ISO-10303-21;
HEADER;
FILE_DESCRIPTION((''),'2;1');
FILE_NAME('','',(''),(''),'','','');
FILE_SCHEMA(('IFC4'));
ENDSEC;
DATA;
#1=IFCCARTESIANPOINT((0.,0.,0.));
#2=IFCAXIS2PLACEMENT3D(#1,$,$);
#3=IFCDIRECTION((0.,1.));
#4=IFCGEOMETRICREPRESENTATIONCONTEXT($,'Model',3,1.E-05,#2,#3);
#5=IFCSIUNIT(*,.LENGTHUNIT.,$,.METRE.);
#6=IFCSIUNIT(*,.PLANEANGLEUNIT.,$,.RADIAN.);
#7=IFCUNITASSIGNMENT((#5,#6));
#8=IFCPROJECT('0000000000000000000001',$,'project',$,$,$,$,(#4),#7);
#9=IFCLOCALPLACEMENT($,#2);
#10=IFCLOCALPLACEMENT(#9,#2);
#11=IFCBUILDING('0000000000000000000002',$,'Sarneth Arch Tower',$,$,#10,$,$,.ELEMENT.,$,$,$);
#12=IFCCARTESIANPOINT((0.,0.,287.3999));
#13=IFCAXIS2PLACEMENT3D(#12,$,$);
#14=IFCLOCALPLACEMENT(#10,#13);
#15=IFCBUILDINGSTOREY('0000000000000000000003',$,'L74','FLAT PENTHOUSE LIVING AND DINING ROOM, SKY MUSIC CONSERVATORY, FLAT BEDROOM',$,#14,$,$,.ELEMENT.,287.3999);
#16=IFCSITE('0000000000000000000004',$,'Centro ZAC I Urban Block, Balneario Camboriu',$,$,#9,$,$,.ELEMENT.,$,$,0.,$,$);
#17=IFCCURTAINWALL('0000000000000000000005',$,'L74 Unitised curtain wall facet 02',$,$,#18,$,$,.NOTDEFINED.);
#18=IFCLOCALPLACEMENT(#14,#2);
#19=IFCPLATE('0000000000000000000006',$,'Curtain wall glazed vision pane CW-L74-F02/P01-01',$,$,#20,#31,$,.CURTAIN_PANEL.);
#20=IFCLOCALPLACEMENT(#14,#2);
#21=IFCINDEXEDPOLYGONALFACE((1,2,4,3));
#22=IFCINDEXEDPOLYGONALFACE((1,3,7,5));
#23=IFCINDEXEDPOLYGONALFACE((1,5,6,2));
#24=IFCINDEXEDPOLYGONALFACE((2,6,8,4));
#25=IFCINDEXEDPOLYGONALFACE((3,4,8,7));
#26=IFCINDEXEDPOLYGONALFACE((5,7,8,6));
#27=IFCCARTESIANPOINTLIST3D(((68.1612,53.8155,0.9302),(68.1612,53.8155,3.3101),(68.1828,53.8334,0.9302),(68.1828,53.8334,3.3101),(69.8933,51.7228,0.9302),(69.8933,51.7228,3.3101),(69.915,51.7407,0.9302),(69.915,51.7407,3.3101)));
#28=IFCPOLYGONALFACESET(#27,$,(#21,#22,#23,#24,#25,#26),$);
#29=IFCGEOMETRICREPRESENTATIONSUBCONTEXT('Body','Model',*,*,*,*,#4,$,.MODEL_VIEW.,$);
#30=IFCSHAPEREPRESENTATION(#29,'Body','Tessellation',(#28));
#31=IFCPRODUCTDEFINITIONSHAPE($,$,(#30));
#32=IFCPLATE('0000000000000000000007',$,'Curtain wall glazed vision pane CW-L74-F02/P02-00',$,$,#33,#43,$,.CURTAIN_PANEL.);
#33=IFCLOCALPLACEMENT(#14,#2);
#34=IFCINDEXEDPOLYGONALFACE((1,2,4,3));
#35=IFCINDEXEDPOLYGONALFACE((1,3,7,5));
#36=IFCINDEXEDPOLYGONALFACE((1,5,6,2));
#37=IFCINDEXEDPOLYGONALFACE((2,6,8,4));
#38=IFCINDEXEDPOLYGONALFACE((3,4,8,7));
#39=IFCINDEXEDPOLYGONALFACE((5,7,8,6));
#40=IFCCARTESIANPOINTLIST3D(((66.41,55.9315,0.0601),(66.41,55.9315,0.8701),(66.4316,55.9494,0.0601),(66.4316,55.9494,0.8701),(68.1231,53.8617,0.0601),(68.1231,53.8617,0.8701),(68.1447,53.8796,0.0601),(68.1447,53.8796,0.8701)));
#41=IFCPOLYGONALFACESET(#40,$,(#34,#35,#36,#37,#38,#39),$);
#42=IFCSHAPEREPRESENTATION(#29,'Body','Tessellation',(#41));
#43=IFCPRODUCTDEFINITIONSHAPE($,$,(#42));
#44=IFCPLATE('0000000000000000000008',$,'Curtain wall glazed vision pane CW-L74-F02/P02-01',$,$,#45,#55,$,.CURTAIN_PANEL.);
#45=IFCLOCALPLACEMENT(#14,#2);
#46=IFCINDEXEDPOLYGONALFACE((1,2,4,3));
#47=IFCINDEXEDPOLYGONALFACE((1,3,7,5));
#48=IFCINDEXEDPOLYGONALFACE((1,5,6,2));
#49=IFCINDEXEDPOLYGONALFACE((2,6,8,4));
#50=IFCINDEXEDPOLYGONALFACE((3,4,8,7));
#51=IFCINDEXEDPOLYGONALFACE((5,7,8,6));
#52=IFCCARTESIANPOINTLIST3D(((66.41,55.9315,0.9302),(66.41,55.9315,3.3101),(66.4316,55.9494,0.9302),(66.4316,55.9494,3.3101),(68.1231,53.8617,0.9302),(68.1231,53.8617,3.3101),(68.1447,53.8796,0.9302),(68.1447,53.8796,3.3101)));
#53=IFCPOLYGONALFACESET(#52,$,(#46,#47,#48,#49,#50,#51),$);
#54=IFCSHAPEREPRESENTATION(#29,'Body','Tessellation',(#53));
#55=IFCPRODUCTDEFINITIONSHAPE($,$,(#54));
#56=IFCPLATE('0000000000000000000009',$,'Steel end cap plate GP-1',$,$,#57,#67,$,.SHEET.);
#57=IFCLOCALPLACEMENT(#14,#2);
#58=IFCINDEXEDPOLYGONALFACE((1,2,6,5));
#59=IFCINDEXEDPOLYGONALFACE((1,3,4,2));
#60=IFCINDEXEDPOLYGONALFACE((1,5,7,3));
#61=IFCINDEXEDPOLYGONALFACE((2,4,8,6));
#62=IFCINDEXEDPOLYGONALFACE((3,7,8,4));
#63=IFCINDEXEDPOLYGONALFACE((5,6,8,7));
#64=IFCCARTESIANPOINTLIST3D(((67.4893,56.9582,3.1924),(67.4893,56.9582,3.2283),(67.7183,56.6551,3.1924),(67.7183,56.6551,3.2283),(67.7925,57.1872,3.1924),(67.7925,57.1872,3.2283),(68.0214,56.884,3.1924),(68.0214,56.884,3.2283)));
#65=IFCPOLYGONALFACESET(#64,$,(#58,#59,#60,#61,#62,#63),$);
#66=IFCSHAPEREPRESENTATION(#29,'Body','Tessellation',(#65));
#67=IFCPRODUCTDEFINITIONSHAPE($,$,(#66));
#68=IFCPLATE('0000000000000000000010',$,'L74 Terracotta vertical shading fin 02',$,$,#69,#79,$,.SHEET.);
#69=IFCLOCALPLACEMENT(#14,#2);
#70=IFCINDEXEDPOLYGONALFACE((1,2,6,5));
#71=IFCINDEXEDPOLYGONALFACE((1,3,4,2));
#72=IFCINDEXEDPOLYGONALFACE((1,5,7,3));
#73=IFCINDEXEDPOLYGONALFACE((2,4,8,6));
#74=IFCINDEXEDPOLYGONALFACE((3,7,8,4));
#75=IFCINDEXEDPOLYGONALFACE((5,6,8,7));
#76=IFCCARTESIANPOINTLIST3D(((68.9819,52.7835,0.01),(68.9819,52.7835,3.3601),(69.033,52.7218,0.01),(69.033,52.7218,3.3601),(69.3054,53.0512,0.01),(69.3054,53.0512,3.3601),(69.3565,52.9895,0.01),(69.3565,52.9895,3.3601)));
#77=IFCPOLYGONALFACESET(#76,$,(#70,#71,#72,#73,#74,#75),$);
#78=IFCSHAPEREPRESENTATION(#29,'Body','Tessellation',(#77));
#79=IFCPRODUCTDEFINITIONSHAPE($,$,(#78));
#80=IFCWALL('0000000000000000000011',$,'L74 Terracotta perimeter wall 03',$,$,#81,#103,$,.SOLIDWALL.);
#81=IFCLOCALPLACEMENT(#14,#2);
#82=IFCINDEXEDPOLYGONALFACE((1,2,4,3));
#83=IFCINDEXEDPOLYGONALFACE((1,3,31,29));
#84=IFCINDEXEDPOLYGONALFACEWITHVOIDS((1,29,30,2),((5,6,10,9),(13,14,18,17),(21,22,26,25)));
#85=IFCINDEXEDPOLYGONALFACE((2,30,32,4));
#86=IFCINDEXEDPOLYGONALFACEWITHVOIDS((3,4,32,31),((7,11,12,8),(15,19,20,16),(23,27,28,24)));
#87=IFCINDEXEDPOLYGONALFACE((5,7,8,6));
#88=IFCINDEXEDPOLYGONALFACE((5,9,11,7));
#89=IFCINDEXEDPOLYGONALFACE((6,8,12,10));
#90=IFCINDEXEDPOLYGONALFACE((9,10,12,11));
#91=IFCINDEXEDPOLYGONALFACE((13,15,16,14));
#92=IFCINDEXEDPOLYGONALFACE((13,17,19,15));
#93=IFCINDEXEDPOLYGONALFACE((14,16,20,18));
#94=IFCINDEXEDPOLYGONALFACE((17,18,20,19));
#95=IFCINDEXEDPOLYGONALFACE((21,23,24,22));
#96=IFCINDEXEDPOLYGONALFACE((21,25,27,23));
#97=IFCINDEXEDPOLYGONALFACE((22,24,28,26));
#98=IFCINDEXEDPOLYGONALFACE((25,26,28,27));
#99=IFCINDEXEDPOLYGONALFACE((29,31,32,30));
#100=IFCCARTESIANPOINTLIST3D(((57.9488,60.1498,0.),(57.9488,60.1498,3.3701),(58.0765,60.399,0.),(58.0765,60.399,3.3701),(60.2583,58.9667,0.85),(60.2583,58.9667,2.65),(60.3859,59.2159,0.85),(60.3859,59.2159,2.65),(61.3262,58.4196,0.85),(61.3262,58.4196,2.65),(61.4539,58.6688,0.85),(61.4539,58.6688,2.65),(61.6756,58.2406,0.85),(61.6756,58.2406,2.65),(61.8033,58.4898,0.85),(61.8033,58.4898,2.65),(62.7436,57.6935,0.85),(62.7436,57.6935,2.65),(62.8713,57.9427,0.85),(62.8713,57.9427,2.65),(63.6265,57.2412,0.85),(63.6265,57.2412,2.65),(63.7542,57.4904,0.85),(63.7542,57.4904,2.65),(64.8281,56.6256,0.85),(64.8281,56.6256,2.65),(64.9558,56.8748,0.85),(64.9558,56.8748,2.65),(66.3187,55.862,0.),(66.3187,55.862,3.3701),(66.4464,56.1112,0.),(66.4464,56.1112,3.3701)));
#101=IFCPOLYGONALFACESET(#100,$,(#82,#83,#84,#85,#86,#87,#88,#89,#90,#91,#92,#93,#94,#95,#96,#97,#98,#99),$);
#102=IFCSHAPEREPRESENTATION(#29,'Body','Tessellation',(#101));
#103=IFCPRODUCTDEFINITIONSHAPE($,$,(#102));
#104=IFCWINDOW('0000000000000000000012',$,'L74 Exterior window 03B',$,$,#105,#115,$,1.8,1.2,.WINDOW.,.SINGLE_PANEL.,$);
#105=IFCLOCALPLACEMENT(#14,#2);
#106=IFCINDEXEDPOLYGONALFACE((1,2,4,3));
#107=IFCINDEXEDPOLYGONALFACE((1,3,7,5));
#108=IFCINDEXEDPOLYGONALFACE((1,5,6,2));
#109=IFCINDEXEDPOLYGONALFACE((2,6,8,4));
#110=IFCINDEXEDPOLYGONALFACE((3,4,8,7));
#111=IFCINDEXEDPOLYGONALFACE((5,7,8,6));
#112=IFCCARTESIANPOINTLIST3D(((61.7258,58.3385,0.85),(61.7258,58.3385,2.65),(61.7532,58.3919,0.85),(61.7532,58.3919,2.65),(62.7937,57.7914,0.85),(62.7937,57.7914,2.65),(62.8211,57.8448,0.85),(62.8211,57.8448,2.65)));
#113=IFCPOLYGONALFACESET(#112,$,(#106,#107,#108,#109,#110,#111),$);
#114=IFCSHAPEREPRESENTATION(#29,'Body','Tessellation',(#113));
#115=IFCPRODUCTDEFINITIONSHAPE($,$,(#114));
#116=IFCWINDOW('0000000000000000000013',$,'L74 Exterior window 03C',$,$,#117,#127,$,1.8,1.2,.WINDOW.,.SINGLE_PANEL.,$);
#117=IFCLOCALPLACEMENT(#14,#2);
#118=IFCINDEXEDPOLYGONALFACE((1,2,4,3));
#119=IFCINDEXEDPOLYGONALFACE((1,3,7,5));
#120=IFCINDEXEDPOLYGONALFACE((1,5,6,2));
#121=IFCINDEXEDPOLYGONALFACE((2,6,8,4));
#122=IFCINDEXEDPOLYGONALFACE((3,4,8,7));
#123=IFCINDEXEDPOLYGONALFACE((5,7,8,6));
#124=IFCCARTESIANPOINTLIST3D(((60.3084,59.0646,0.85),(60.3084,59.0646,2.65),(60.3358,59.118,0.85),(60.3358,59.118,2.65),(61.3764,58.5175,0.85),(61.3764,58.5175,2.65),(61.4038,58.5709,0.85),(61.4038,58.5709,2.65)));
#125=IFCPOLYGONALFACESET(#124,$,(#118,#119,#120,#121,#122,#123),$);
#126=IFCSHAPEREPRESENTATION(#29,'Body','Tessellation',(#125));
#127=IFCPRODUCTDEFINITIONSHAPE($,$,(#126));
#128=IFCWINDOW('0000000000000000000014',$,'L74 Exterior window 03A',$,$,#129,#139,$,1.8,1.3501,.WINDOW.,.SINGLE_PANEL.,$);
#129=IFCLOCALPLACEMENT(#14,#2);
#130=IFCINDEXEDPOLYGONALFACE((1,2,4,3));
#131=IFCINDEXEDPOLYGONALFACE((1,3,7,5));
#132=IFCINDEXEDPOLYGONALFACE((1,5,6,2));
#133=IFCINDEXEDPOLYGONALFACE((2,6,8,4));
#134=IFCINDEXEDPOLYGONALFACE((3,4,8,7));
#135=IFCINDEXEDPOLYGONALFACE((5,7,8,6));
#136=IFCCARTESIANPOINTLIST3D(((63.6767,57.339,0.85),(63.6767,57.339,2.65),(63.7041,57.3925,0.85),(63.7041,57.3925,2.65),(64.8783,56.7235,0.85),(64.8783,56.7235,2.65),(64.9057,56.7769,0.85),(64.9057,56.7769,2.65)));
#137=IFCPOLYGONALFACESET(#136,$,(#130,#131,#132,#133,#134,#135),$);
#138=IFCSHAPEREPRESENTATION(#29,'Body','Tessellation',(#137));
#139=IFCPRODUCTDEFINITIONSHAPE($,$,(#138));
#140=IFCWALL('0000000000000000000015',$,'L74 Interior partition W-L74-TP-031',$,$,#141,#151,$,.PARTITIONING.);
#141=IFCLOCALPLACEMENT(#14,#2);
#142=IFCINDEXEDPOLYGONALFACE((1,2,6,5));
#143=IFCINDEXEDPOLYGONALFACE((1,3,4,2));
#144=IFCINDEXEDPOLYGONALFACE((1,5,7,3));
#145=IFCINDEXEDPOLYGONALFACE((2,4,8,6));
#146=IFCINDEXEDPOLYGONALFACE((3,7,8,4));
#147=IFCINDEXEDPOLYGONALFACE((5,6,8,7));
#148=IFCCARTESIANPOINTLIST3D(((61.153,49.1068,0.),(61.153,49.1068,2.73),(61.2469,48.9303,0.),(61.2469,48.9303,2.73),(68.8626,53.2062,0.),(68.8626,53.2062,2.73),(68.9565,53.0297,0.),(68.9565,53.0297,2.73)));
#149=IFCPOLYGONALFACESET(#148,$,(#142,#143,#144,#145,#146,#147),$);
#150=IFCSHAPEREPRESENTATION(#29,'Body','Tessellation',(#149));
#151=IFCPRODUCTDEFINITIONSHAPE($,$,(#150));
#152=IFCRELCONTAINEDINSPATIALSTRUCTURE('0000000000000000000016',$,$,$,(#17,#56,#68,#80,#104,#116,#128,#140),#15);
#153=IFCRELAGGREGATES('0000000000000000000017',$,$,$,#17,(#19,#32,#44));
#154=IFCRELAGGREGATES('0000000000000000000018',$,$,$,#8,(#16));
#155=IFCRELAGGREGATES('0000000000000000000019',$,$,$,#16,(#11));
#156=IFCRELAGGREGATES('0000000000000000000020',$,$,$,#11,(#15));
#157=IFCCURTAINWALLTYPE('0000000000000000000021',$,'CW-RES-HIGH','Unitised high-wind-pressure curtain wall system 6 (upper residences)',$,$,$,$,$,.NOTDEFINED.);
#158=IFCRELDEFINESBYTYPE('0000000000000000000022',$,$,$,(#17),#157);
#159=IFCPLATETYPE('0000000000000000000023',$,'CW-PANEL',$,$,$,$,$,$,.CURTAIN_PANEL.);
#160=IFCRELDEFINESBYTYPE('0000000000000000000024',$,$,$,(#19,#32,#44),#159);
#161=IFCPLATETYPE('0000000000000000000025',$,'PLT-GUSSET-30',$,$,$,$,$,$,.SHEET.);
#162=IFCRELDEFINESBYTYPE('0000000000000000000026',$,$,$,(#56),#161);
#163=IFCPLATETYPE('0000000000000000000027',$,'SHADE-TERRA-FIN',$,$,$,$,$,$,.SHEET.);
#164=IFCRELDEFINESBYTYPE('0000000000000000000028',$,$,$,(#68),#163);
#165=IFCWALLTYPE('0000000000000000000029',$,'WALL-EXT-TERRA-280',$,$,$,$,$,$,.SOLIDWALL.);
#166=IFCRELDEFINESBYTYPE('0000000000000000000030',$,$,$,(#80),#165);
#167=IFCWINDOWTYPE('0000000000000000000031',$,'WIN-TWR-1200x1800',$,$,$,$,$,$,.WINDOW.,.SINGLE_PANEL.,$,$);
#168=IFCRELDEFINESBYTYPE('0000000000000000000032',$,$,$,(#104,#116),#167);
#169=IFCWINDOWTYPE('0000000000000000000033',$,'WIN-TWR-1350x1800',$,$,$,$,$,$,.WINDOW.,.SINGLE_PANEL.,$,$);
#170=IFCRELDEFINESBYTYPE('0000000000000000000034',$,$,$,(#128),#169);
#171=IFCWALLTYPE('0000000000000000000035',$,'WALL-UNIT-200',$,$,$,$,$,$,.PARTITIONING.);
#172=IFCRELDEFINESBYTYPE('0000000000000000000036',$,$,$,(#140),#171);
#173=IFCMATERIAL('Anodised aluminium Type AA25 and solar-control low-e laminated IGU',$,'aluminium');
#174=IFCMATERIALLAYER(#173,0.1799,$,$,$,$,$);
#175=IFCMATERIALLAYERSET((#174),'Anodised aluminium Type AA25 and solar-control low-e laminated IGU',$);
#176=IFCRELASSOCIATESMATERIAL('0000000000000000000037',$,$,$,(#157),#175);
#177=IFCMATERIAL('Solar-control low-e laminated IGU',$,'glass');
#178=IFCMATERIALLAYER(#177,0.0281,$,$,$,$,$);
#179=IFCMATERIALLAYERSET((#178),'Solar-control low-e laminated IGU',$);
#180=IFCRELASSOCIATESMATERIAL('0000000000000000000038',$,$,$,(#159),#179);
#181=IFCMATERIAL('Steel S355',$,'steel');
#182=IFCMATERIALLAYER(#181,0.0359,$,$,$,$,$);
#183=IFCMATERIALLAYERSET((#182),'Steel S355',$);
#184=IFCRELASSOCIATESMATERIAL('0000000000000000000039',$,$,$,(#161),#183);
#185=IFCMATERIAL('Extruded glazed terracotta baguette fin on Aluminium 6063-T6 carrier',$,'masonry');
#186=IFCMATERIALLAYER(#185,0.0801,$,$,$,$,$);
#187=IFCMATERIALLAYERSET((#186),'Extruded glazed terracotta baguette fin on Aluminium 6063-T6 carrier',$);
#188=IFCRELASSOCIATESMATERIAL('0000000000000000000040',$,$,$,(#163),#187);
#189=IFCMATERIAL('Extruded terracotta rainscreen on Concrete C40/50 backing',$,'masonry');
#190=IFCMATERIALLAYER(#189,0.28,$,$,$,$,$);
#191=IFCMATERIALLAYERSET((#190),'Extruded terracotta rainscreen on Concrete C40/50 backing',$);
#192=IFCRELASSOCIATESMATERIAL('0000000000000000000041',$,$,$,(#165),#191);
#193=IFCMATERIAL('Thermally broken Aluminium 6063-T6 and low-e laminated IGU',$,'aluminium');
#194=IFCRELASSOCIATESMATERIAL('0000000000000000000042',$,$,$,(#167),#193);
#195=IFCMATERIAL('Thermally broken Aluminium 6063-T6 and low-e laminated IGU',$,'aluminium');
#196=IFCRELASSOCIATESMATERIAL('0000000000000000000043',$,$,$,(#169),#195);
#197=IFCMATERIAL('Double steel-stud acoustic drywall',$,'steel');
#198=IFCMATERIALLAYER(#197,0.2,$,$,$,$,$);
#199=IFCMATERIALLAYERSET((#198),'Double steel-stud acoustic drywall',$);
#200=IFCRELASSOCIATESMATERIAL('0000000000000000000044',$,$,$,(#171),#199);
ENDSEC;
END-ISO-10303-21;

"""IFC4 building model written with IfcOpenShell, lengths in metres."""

from ifc_helpers import new_model, si_unit, direction, frame, frame_2d, origin, origin_2d, place, context, subcontext, project, spatial, rectangle, extrude, material, layer, layer_set, type_object, element, fill, aggregate, save


model = new_model("IFC4")

# Units and contexts
model_context = context("Model", 3, precision=1e-05, world=origin(), true_north=direction((0.0, 1.0)))
body_context = subcontext(model_context, "Body", "Model", "MODEL_VIEW")
ifc_project = project(units=[si_unit("LENGTHUNIT", "METRE"), si_unit("PLANEANGLEUNIT", "RADIAN")], contexts=[model_context])

# Site, building, storey
site_placement = place(None, origin())
site = spatial("IfcSite", under=ifc_project, at=site_placement, Name="Centro ZAC I Urban Block, Balneario Camboriu", CompositionType="ELEMENT", RefElevation=0.0)
building_placement = place(site_placement, origin())
building = spatial("IfcBuilding", under=site, at=building_placement, Name="Sarneth Arch Tower", CompositionType="ELEMENT")
storey_placement = place(building_placement, frame((0.0, 0.0, 287.3999)))
storey = spatial("IfcBuildingStorey", under=building, at=storey_placement, Name="L74", Description="FLAT PENTHOUSE LIVING AND DINING ROOM, SKY MUSIC CONSERVATORY, FLAT BEDROOM", CompositionType="ELEMENT", Elevation=287.3999)

# Curtain wall
ifc_material_1 = material(Name="Anodised aluminium Type AA25 and solar-control low-e laminated IGU", Category="aluminium")
ifc_layer_1 = layer(ifc_material_1, 0.1799)
ifc_layer_set_1 = layer_set([ifc_layer_1], Name="Anodised aluminium Type AA25 and solar-control low-e laminated IGU")
curtain_wall_type = type_object("IfcCurtainWallType", Name="CW-RES-HIGH", Description="Unitised high-wind-pressure curtain wall system 6 (upper residences)", PredefinedType="NOTDEFINED", material=ifc_layer_set_1)
curtain_wall_placement = place(storey_placement, origin())
curtain_wall = element("IfcCurtainWall", 1, at=curtain_wall_placement, inside=storey, type_object=curtain_wall_type, Name="L74 Unitised curtain wall facet 02", PredefinedType="NOTDEFINED")

# Plates
ifc_material_2 = material(Name="Solar-control low-e laminated IGU", Category="glass")
ifc_layer_2 = layer(ifc_material_2, 0.0281)
ifc_layer_set_2 = layer_set([ifc_layer_2], Name="Solar-control low-e laminated IGU")
plate_type_1 = type_object("IfcPlateType", Name="CW-PANEL", PredefinedType="CURTAIN_PANEL", material=ifc_layer_set_2)
plate_1_placement = place(storey_placement, frame((69.0381, 52.7781, 0.9302), z_axis=(0.0, 0.0, 1.0), x_axis=(-0.63761, 0.770359, 0.0)))
plate_1 = element("IfcPlate", 2, at=plate_1_placement, type_object=plate_type_1, Name="Curtain wall glazed vision pane CW-L74-F02/P01-01", PredefinedType="CURTAIN_PANEL", context=body_context, shape_type="SweptSolid", body=[
    extrude(rectangle(XDim=2.7166, YDim=0.0281, at=origin_2d()), origin(), (0.0, 0.0, 1.0), 2.3799),
])
plate_2_placement = place(storey_placement, frame((67.2773, 54.9055, 0.0601), z_axis=(0.0, 0.0, 1.0), x_axis=(-0.63761, 0.770359, 0.0)))
plate_2 = element("IfcPlate", 3, at=plate_2_placement, type_object=plate_type_1, Name="Curtain wall glazed vision pane CW-L74-F02/P02-00", PredefinedType="CURTAIN_PANEL", context=body_context, shape_type="SweptSolid", body=[
    extrude(rectangle(XDim=2.6868, YDim=0.0281, at=origin_2d()), origin(), (0.0, 0.0, 1.0), 0.8101),
])
plate_3_placement = place(storey_placement, frame((67.2773, 54.9055, 0.9302), z_axis=(0.0, 0.0, 1.0), x_axis=(-0.63761, 0.770359, 0.0)))
plate_3 = element("IfcPlate", 4, at=plate_3_placement, type_object=plate_type_1, Name="Curtain wall glazed vision pane CW-L74-F02/P02-01", PredefinedType="CURTAIN_PANEL", context=body_context, shape_type="SweptSolid", body=[
    extrude(rectangle(XDim=2.6868, YDim=0.0281, at=origin_2d()), origin(), (0.0, 0.0, 1.0), 2.3799),
])
aggregate(curtain_wall, [plate_1, plate_2, plate_3])

# Plates
ifc_material_3 = material(Name="Steel S355", Category="steel")
ifc_layer_3 = layer(ifc_material_3, 0.0359)
ifc_layer_set_3 = layer_set([ifc_layer_3], Name="Steel S355")
plate_type_2 = type_object("IfcPlateType", Name="PLT-GUSSET-30", PredefinedType="SHEET", material=ifc_layer_set_3)
plate_4_placement = place(storey_placement, frame((67.7554, 56.9211, 3.1924), z_axis=(0.0, 0.0, 1.0), x_axis=(0.798005, 0.602651, 0.0)))
element("IfcPlate", 5, at=plate_4_placement, inside=storey, type_object=plate_type_2, Name="Steel end cap plate GP-1", PredefinedType="SHEET", context=body_context, shape_type="SweptSolid", body=[
    extrude(rectangle(XDim=0.3799, YDim=0.3799, at=origin_2d()), origin(), (0.0, 0.0, 1.0), 0.0359),
])
ifc_material_4 = material(Name="Extruded glazed terracotta baguette fin on Aluminium 6063-T6 carrier", Category="masonry")
ifc_layer_4 = layer(ifc_material_4, 0.0801)
ifc_layer_set_4 = layer_set([ifc_layer_4], Name="Extruded glazed terracotta baguette fin on Aluminium 6063-T6 carrier")
plate_type_3 = type_object("IfcPlateType", Name="SHADE-TERRA-FIN", PredefinedType="SHEET", material=ifc_layer_set_4)
plate_5_placement = place(storey_placement, frame((69.1692, 52.8865, 0.01), z_axis=(0.0, 0.0, 1.0), x_axis=(0.770402, 0.637558, 0.0)))
element("IfcPlate", 6, at=plate_5_placement, inside=storey, type_object=plate_type_3, Name="L74 Terracotta vertical shading fin 02", PredefinedType="SHEET", context=body_context, shape_type="SweptSolid", body=[
    extrude(rectangle(XDim=0.4199, YDim=0.0801, at=origin_2d()), origin(), (0.0, 0.0, 1.0), 3.3501),
])

# Wall, openings, windows
ifc_material_5 = material(Name="Extruded terracotta rainscreen on Concrete C40/50 backing", Category="masonry")
ifc_layer_5 = layer(ifc_material_5, 0.28)
ifc_layer_set_5 = layer_set([ifc_layer_5], Name="Extruded terracotta rainscreen on Concrete C40/50 backing")
wall_type_1 = type_object("IfcWallType", Name="WALL-EXT-TERRA-280", PredefinedType="SOLIDWALL", material=ifc_layer_set_5)
wall_1_placement = place(storey_placement, frame((66.3826, 55.9866, 0.0), z_axis=(0.0, 0.0, 1.0), x_axis=(-0.890007, 0.455946, 0.0)))
wall_1 = element("IfcWall", 7, at=wall_1_placement, inside=storey, type_object=wall_type_1, Name="L74 Terracotta perimeter wall 03", PredefinedType="SOLIDWALL", context=body_context, shape_type="SweptSolid", body=[
    extrude(rectangle(XDim=9.4043, YDim=0.28, at=frame_2d((4.7021, 0.0))), origin(), (0.0, 0.0, 1.0), 3.3701),
])
opening_1_placement = place(wall_1_placement, frame((1.6748, 0.0, 0.8501)))
opening_1 = element("IfcOpeningElement", 8, at=opening_1_placement, cuts=wall_1, PredefinedType="OPENING", context=body_context, shape_type="SweptSolid", body=[
    extrude(rectangle(XDim=1.3501, YDim=1.8, at=frame_2d((0.675, 0.8999))), frame((0.0, 0.1499, 0.0), z_axis=(0.0, -1.0, 0.0), x_axis=(1.0, 0.0, 0.0)), (0.0, 0.0, 1.0), 0.3),
])
opening_2_placement = place(wall_1_placement, frame((4.0168, 0.0, 0.8501)))
opening_2 = element("IfcOpeningElement", 9, at=opening_2_placement, cuts=wall_1, PredefinedType="OPENING", context=body_context, shape_type="SweptSolid", body=[
    extrude(rectangle(XDim=1.2, YDim=1.8, at=frame_2d((0.6001, 0.8999))), frame((0.0, 0.1499, 0.0), z_axis=(0.0, -1.0, 0.0), x_axis=(1.0, 0.0, 0.0)), (0.0, 0.0, 1.0), 0.3),
])
opening_3_placement = place(wall_1_placement, frame((5.6094, 0.0, 0.8501)))
opening_3 = element("IfcOpeningElement", 10, at=opening_3_placement, cuts=wall_1, PredefinedType="OPENING", context=body_context, shape_type="SweptSolid", body=[
    extrude(rectangle(XDim=1.2, YDim=1.8, at=frame_2d((0.6001, 0.8999))), frame((0.0, 0.1499, 0.0), z_axis=(0.0, -1.0, 0.0), x_axis=(1.0, 0.0, 0.0)), (0.0, 0.0, 1.0), 0.3),
])
ifc_material_6 = material(Name="Thermally broken Aluminium 6063-T6 and low-e laminated IGU", Category="aluminium")
window_type_1 = type_object("IfcWindowType", Name="WIN-TWR-1200x1800", PartitioningType="SINGLE_PANEL", PredefinedType="WINDOW", material=ifc_material_6)
window_1_placement = place(opening_2_placement, origin())
window_1 = element("IfcWindow", 11, at=window_1_placement, inside=storey, type_object=window_type_1, Name="L74 Exterior window 03B", OverallHeight=1.8, OverallWidth=1.2, PartitioningType="SINGLE_PANEL", PredefinedType="WINDOW", context=body_context, shape_type="SweptSolid", body=[
    extrude(rectangle(XDim=1.2, YDim=1.8, at=frame_2d((0.6001, 0.8999))), frame((0.0, 0.03, 0.0), z_axis=(0.0, -1.0, 0.0), x_axis=(1.0, 0.0, 0.0)), (0.0, 0.0, 1.0), 0.0601),
])
fill(opening_2, window_1)
window_2_placement = place(opening_3_placement, origin())
window_2 = element("IfcWindow", 12, at=window_2_placement, inside=storey, type_object=window_type_1, Name="L74 Exterior window 03C", OverallHeight=1.8, OverallWidth=1.2, PartitioningType="SINGLE_PANEL", PredefinedType="WINDOW", context=body_context, shape_type="SweptSolid", body=[
    extrude(rectangle(XDim=1.2, YDim=1.8, at=frame_2d((0.6001, 0.8999))), frame((0.0, 0.03, 0.0), z_axis=(0.0, -1.0, 0.0), x_axis=(1.0, 0.0, 0.0)), (0.0, 0.0, 1.0), 0.0601),
])
fill(opening_3, window_2)
ifc_material_7 = material(Name="Thermally broken Aluminium 6063-T6 and low-e laminated IGU", Category="aluminium")
window_type_2 = type_object("IfcWindowType", Name="WIN-TWR-1350x1800", PartitioningType="SINGLE_PANEL", PredefinedType="WINDOW", material=ifc_material_7)
window_3_placement = place(opening_1_placement, origin())
window_3 = element("IfcWindow", 13, at=window_3_placement, inside=storey, type_object=window_type_2, Name="L74 Exterior window 03A", OverallHeight=1.8, OverallWidth=1.3501, PartitioningType="SINGLE_PANEL", PredefinedType="WINDOW", context=body_context, shape_type="SweptSolid", body=[
    extrude(rectangle(XDim=1.3501, YDim=1.8, at=frame_2d((0.675, 0.8999))), frame((0.0, 0.03, 0.0), z_axis=(0.0, -1.0, 0.0), x_axis=(1.0, 0.0, 0.0)), (0.0, 0.0, 1.0), 0.0601),
])
fill(opening_1, window_3)

# Wall
ifc_material_8 = material(Name="Double steel-stud acoustic drywall", Category="steel")
ifc_layer_6 = layer(ifc_material_8, 0.2)
ifc_layer_set_6 = layer_set([ifc_layer_6], Name="Double steel-stud acoustic drywall")
wall_type_2 = type_object("IfcWallType", Name="WALL-UNIT-200", PredefinedType="PARTITIONING", material=ifc_layer_set_6)
wall_2_placement = place(storey_placement, frame((68.9094, 53.1179, 0.0), z_axis=(0.0, 0.0, 1.0), x_axis=(-0.88294, -0.469486, 0.0)))
element("IfcWall", 14, at=wall_2_placement, inside=storey, type_object=wall_type_2, Name="L74 Interior partition W-L74-TP-031", PredefinedType="PARTITIONING", context=body_context, shape_type="SweptSolid", body=[
    extrude(rectangle(XDim=8.7317, YDim=0.2, at=frame_2d((4.3657, 0.0))), origin(), (0.0, 0.0, 1.0), 2.73),
])

save(model, "model.ifc")
